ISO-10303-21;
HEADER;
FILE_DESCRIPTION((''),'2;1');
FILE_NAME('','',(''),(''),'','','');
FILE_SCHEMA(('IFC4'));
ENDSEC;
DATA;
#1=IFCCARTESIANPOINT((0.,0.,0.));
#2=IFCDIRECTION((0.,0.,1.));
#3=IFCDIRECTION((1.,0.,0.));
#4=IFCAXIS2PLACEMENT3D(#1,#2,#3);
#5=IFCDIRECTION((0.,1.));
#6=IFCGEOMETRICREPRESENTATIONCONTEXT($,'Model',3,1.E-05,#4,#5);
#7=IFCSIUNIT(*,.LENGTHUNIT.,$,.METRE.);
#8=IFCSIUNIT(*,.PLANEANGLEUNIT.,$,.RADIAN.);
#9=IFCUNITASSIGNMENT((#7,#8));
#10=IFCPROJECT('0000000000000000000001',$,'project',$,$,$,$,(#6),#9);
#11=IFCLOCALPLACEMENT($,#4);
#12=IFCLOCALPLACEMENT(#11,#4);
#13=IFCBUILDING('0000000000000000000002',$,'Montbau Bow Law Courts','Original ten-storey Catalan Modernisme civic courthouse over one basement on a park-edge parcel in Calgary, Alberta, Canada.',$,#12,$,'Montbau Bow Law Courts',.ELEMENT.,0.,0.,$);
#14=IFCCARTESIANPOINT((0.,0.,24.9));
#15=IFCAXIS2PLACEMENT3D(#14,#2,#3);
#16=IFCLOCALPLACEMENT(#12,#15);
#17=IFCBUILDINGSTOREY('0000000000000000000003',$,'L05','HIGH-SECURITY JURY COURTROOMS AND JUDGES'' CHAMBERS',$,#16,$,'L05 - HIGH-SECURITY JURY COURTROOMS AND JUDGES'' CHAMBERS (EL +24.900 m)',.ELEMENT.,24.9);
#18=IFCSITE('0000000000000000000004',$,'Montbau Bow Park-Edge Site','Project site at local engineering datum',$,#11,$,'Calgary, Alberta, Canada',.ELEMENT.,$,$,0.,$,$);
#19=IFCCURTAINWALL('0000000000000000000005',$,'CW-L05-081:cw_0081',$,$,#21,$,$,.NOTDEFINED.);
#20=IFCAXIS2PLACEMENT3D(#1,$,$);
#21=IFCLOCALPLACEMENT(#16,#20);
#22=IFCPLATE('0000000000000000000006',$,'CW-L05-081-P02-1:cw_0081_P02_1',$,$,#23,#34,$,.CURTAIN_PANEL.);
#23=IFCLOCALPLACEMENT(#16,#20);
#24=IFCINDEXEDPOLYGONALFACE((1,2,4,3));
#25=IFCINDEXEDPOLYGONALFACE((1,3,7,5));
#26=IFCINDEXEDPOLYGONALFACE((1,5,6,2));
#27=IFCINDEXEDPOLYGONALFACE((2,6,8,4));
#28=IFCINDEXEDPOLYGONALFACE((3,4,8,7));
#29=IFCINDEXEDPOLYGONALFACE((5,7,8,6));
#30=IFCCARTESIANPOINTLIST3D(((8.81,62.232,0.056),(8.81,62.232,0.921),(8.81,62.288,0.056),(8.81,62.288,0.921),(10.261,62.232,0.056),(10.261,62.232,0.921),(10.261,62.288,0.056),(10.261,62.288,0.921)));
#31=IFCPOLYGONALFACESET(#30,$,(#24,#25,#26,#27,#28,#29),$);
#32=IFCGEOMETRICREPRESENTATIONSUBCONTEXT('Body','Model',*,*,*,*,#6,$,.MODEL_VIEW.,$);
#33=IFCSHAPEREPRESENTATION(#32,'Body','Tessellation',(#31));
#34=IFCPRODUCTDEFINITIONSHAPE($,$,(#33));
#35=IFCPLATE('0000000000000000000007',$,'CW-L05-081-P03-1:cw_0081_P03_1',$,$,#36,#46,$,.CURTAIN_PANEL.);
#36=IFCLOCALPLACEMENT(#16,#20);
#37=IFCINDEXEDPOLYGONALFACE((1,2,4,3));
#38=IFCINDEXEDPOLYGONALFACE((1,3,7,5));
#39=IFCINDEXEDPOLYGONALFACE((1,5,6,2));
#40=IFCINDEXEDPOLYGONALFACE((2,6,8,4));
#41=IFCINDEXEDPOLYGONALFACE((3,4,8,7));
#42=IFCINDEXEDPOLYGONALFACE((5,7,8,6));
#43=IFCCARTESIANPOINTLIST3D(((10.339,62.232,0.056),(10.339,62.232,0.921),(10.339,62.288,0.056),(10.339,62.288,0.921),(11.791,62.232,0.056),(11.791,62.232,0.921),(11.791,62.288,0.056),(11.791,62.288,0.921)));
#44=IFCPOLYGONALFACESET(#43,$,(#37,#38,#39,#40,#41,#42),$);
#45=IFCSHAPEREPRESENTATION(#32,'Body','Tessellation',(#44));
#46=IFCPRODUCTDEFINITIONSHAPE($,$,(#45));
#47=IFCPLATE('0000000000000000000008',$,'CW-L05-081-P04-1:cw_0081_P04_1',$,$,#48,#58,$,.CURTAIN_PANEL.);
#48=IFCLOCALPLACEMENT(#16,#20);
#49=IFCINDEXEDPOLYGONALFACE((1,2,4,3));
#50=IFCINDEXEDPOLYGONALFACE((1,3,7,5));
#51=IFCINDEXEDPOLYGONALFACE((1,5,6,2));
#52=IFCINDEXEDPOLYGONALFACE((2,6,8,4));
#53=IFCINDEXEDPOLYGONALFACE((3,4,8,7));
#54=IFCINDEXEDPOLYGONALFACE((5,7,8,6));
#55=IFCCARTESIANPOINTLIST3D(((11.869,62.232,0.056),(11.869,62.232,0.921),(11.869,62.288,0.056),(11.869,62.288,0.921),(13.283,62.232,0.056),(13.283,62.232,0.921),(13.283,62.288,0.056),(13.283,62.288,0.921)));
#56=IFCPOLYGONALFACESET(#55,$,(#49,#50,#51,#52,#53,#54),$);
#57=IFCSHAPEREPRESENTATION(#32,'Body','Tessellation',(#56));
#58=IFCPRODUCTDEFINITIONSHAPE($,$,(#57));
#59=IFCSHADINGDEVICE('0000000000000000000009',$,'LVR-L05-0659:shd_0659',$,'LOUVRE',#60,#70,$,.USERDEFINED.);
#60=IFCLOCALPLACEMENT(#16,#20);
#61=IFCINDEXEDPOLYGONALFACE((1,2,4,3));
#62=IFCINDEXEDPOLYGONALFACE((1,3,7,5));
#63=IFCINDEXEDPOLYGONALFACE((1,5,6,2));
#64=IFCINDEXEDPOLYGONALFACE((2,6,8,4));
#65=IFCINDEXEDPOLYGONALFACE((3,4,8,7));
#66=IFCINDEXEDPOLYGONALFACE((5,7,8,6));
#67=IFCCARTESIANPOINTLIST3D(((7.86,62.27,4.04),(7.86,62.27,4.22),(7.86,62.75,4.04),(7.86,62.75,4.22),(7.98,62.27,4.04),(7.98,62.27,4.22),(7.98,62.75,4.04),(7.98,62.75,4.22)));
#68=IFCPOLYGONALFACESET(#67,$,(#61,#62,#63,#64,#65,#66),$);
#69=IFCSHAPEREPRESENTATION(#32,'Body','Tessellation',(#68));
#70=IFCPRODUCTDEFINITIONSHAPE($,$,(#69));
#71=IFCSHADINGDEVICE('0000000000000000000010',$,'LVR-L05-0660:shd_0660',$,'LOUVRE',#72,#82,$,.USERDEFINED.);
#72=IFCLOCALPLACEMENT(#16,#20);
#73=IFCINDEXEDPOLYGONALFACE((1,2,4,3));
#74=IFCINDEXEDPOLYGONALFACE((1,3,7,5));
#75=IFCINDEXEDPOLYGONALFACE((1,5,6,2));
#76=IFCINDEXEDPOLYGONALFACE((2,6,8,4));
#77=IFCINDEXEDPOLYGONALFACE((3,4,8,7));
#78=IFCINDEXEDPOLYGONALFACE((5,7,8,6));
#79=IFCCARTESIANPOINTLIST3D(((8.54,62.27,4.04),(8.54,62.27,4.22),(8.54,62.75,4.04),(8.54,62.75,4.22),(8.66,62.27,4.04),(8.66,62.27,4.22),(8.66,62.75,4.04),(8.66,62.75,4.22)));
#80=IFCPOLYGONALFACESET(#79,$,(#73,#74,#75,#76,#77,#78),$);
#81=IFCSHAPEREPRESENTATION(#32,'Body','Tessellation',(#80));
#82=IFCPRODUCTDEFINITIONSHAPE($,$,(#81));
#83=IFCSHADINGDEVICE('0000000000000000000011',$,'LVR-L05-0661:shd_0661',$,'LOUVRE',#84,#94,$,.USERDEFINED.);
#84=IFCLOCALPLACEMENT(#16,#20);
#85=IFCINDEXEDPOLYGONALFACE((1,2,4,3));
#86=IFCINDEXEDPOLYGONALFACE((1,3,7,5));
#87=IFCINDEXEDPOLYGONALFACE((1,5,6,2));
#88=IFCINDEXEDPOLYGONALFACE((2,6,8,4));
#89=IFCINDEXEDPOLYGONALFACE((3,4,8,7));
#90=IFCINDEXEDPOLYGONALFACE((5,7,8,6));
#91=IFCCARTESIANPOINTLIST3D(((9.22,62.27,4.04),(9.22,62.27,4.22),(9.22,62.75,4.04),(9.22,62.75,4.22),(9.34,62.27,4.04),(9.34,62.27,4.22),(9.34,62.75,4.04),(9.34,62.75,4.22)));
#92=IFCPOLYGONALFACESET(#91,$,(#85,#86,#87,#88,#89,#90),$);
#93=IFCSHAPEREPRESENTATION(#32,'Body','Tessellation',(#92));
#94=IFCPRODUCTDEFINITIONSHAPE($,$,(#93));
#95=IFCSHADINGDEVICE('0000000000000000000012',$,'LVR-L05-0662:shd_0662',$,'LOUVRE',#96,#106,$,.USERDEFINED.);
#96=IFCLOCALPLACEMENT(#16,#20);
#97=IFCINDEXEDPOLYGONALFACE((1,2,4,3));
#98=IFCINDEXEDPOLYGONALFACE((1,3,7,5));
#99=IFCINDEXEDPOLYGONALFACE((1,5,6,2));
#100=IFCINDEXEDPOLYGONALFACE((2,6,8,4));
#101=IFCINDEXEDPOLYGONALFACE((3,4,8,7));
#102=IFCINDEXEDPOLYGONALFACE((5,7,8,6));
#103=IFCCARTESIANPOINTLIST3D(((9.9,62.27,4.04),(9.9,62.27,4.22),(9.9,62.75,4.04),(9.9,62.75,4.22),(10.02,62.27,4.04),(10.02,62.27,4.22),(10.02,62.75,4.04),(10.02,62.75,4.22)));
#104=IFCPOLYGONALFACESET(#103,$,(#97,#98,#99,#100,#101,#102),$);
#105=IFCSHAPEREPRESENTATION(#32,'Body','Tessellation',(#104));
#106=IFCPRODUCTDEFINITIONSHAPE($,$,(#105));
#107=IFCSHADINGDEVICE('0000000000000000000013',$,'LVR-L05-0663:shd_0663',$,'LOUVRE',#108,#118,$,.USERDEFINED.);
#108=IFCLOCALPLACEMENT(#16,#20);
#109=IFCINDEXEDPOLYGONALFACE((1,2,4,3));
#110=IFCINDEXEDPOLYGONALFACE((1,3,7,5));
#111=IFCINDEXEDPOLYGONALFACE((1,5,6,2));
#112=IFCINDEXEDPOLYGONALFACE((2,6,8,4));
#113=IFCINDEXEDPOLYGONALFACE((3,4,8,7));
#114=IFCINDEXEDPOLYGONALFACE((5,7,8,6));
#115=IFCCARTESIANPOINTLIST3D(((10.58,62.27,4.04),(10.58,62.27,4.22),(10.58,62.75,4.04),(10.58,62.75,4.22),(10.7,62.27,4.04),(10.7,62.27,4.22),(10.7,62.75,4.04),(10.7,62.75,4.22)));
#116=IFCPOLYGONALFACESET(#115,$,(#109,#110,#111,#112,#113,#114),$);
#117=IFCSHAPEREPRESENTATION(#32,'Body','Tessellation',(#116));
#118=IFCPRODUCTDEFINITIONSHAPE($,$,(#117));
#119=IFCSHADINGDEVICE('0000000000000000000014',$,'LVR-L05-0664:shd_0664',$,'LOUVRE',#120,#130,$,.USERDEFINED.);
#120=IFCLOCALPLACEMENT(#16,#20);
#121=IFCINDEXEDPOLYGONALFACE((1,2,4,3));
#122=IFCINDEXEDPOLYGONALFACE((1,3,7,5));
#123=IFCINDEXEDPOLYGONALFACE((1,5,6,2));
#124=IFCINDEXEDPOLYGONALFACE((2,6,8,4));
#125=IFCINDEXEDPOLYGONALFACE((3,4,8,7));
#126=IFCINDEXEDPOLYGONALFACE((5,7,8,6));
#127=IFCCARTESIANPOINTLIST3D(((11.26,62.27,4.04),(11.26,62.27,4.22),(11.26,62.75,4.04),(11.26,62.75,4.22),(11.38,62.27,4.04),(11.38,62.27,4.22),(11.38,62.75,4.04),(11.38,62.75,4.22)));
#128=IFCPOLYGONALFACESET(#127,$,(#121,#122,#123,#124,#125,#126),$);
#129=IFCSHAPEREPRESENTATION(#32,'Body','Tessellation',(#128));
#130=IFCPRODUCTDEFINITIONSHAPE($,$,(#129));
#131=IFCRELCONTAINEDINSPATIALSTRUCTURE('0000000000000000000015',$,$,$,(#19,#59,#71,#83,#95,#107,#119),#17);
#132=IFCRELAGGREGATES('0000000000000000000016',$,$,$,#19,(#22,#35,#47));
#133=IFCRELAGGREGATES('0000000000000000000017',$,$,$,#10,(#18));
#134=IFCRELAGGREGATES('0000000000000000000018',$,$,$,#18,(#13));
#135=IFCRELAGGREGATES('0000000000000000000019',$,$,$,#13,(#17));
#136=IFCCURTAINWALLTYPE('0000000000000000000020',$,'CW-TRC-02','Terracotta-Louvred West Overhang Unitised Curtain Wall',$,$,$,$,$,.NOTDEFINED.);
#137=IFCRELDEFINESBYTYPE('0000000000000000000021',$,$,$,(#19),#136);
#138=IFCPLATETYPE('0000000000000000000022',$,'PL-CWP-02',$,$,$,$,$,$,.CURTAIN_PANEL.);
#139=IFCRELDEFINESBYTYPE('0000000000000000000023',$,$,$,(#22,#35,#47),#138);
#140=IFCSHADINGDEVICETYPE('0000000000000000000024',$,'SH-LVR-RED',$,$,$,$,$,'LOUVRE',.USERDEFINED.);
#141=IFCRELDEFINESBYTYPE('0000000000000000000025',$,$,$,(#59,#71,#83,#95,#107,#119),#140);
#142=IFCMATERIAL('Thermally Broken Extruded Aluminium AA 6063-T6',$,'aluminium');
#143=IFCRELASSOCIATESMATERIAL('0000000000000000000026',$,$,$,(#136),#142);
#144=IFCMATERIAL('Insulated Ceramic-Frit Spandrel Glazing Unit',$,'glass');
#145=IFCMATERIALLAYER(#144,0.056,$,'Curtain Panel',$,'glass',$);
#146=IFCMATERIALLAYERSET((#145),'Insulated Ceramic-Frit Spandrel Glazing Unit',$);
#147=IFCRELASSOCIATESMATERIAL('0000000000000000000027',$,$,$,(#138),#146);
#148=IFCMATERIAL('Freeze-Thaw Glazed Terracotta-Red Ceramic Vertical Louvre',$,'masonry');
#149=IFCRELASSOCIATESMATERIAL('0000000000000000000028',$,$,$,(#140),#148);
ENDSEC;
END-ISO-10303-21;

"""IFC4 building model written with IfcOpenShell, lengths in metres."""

from ifc_helpers import new_model, si_unit, direction, frame, frame_2d, origin_with_axes, origin_2d_with_axis, place, context, subcontext, project, spatial, rectangle, extrude, material, layer, layer_set, type_object, element, aggregate, save


model = new_model("IFC4")

# Units and contexts
model_context = context("Model", 3, precision=1e-05, world=origin_with_axes(), true_north=direction((0.0, 1.0)))
body_context = subcontext(model_context, "Body", "Model", "MODEL_VIEW")
ifc_project = project(units=[si_unit("LENGTHUNIT", "METRE"), si_unit("PLANEANGLEUNIT", "RADIAN")], contexts=[model_context])

# Site, building, storey
site_placement = place(None, origin_with_axes())
site = spatial("IfcSite", under=ifc_project, at=site_placement, Name="Montbau Bow Park-Edge Site", Description="Project site at local engineering datum", LongName="Calgary, Alberta, Canada", CompositionType="ELEMENT", RefElevation=0.0)
building_placement = place(site_placement, origin_with_axes())
building = spatial("IfcBuilding", under=site, at=building_placement, Name="Montbau Bow Law Courts", Description="Original ten-storey Catalan Modernisme civic courthouse over one basement on a park-edge parcel in Calgary, Alberta, Canada.", LongName="Montbau Bow Law Courts", CompositionType="ELEMENT", ElevationOfRefHeight=0.0, ElevationOfTerrain=0.0)
storey_placement = place(building_placement, frame((0.0, 0.0, 24.9), z_axis=(0.0, 0.0, 1.0), x_axis=(1.0, 0.0, 0.0)))
storey = spatial("IfcBuildingStorey", under=building, at=storey_placement, Name="L05", Description="HIGH-SECURITY JURY COURTROOMS AND JUDGES' CHAMBERS", LongName="L05 - HIGH-SECURITY JURY COURTROOMS AND JUDGES' CHAMBERS (EL +24.900 m)", CompositionType="ELEMENT", Elevation=24.9)

# Curtain wall, plates
ifc_material_1 = material(Name="Thermally Broken Extruded Aluminium AA 6063-T6", Category="aluminium")
curtain_wall_type = type_object("IfcCurtainWallType", Name="CW-TRC-02", Description="Terracotta-Louvred West Overhang Unitised Curtain Wall", PredefinedType="NOTDEFINED", material=ifc_material_1)
curtain_wall_placement = place(None, frame((7.24, 62.26, 24.9), z_axis=(0.0, 0.0, 1.0), x_axis=(1.0, 0.0, 0.0)))
curtain_wall = element("IfcCurtainWall", 1, at=curtain_wall_placement, inside=storey, type_object=curtain_wall_type, Name="CW-L05-081:cw_0081", PredefinedType="NOTDEFINED")
ifc_material_2 = material(Name="Insulated Ceramic-Frit Spandrel Glazing Unit", Category="glass")
ifc_layer_1 = layer(ifc_material_2, 0.056, Name="Curtain Panel", Category="glass")
ifc_layer_set_1 = layer_set([ifc_layer_1], Name="Insulated Ceramic-Frit Spandrel Glazing Unit")
plate_type_1 = type_object("IfcPlateType", Name="PL-CWP-02", PredefinedType="CURTAIN_PANEL", material=ifc_layer_set_1)
plate_1_placement = place(None, frame((8.81, 62.26, 24.956), z_axis=(0.0, -1.0, 0.0), x_axis=(1.0, 0.0, 0.0)))
plate_1 = element("IfcPlate", 2, at=plate_1_placement, type_object=plate_type_1, Name="CW-L05-081-P02-1:cw_0081_P02_1", PredefinedType="CURTAIN_PANEL", context=body_context, shape_type="SweptSolid", body=[
    extrude(rectangle(XDim=1.451, YDim=0.865, at=frame_2d((0.7255, 0.4325), x_axis=(1.0, 0.0))), frame((0.0, 0.0, -0.028), z_axis=(0.0, 0.0, 1.0), x_axis=(1.0, 0.0, 0.0)), (0.0, 0.0, 1.0), 0.056),
])
plate_2_placement = place(None, frame((10.339, 62.26, 24.956), z_axis=(0.0, -1.0, 0.0), x_axis=(1.0, 0.0, 0.0)))
plate_2 = element("IfcPlate", 3, at=plate_2_placement, type_object=plate_type_1, Name="CW-L05-081-P03-1:cw_0081_P03_1", PredefinedType="CURTAIN_PANEL", context=body_context, shape_type="SweptSolid", body=[
    extrude(rectangle(XDim=1.452, YDim=0.865, at=frame_2d((0.726, 0.4325), x_axis=(1.0, 0.0))), frame((0.0, 0.0, -0.028), z_axis=(0.0, 0.0, 1.0), x_axis=(1.0, 0.0, 0.0)), (0.0, 0.0, 1.0), 0.056),
])
plate_3_placement = place(None, frame((11.869, 62.26, 24.956), z_axis=(0.0, -1.0, 0.0), x_axis=(1.0, 0.0, 0.0)))
plate_3 = element("IfcPlate", 4, at=plate_3_placement, type_object=plate_type_1, Name="CW-L05-081-P04-1:cw_0081_P04_1", PredefinedType="CURTAIN_PANEL", context=body_context, shape_type="SweptSolid", body=[
    extrude(rectangle(XDim=1.414, YDim=0.865, at=frame_2d((0.707, 0.4325), x_axis=(1.0, 0.0))), frame((0.0, 0.0, -0.028), z_axis=(0.0, 0.0, 1.0), x_axis=(1.0, 0.0, 0.0)), (0.0, 0.0, 1.0), 0.056),
])
aggregate(curtain_wall, [plate_1, plate_2, plate_3])

# Shading devices
ifc_material_3 = material(Name="Freeze-Thaw Glazed Terracotta-Red Ceramic Vertical Louvre", Category="masonry")
shading_device_type = type_object("IfcShadingDeviceType", Name="SH-LVR-RED", ElementType="LOUVRE", PredefinedType="USERDEFINED", material=ifc_material_3)
for number, where, z_axis, x_axis, name in (
    (5, (7.92, 62.51, 28.94), (0.0, 0.0, 1.0), (0.0, 1.0, 0.0), "LVR-L05-0659:shd_0659"),
    (6, (8.6, 62.51, 28.94), (0.0, 0.0, 1.0), (0.0, 1.0, 0.0), "LVR-L05-0660:shd_0660"),
    (7, (9.28, 62.51, 28.94), (0.0, 0.0, 1.0), (0.0, 1.0, 0.0), "LVR-L05-0661:shd_0661"),
    (8, (9.96, 62.51, 28.94), (0.0, 0.0, 1.0), (0.0, 1.0, 0.0), "LVR-L05-0662:shd_0662"),
    (9, (10.64, 62.51, 28.94), (0.0, 0.0, 1.0), (0.0, 1.0, 0.0), "LVR-L05-0663:shd_0663"),
    (10, (11.32, 62.51, 28.94), (0.0, 0.0, 1.0), (0.0, 1.0, 0.0), "LVR-L05-0664:shd_0664"),
):
    element("IfcShadingDevice", number, at=place(None, frame(where, z_axis=z_axis, x_axis=x_axis)), inside=storey, type_object=shading_device_type, Name=name, ObjectType="LOUVRE", PredefinedType="USERDEFINED", context=body_context, shape_type="SweptSolid", body=[
        extrude(rectangle(XDim=0.48, YDim=0.12, at=origin_2d_with_axis()), origin_with_axes(), (0.0, 0.0, 1.0), 0.18),
    ])

save(model, "model.ifc")
